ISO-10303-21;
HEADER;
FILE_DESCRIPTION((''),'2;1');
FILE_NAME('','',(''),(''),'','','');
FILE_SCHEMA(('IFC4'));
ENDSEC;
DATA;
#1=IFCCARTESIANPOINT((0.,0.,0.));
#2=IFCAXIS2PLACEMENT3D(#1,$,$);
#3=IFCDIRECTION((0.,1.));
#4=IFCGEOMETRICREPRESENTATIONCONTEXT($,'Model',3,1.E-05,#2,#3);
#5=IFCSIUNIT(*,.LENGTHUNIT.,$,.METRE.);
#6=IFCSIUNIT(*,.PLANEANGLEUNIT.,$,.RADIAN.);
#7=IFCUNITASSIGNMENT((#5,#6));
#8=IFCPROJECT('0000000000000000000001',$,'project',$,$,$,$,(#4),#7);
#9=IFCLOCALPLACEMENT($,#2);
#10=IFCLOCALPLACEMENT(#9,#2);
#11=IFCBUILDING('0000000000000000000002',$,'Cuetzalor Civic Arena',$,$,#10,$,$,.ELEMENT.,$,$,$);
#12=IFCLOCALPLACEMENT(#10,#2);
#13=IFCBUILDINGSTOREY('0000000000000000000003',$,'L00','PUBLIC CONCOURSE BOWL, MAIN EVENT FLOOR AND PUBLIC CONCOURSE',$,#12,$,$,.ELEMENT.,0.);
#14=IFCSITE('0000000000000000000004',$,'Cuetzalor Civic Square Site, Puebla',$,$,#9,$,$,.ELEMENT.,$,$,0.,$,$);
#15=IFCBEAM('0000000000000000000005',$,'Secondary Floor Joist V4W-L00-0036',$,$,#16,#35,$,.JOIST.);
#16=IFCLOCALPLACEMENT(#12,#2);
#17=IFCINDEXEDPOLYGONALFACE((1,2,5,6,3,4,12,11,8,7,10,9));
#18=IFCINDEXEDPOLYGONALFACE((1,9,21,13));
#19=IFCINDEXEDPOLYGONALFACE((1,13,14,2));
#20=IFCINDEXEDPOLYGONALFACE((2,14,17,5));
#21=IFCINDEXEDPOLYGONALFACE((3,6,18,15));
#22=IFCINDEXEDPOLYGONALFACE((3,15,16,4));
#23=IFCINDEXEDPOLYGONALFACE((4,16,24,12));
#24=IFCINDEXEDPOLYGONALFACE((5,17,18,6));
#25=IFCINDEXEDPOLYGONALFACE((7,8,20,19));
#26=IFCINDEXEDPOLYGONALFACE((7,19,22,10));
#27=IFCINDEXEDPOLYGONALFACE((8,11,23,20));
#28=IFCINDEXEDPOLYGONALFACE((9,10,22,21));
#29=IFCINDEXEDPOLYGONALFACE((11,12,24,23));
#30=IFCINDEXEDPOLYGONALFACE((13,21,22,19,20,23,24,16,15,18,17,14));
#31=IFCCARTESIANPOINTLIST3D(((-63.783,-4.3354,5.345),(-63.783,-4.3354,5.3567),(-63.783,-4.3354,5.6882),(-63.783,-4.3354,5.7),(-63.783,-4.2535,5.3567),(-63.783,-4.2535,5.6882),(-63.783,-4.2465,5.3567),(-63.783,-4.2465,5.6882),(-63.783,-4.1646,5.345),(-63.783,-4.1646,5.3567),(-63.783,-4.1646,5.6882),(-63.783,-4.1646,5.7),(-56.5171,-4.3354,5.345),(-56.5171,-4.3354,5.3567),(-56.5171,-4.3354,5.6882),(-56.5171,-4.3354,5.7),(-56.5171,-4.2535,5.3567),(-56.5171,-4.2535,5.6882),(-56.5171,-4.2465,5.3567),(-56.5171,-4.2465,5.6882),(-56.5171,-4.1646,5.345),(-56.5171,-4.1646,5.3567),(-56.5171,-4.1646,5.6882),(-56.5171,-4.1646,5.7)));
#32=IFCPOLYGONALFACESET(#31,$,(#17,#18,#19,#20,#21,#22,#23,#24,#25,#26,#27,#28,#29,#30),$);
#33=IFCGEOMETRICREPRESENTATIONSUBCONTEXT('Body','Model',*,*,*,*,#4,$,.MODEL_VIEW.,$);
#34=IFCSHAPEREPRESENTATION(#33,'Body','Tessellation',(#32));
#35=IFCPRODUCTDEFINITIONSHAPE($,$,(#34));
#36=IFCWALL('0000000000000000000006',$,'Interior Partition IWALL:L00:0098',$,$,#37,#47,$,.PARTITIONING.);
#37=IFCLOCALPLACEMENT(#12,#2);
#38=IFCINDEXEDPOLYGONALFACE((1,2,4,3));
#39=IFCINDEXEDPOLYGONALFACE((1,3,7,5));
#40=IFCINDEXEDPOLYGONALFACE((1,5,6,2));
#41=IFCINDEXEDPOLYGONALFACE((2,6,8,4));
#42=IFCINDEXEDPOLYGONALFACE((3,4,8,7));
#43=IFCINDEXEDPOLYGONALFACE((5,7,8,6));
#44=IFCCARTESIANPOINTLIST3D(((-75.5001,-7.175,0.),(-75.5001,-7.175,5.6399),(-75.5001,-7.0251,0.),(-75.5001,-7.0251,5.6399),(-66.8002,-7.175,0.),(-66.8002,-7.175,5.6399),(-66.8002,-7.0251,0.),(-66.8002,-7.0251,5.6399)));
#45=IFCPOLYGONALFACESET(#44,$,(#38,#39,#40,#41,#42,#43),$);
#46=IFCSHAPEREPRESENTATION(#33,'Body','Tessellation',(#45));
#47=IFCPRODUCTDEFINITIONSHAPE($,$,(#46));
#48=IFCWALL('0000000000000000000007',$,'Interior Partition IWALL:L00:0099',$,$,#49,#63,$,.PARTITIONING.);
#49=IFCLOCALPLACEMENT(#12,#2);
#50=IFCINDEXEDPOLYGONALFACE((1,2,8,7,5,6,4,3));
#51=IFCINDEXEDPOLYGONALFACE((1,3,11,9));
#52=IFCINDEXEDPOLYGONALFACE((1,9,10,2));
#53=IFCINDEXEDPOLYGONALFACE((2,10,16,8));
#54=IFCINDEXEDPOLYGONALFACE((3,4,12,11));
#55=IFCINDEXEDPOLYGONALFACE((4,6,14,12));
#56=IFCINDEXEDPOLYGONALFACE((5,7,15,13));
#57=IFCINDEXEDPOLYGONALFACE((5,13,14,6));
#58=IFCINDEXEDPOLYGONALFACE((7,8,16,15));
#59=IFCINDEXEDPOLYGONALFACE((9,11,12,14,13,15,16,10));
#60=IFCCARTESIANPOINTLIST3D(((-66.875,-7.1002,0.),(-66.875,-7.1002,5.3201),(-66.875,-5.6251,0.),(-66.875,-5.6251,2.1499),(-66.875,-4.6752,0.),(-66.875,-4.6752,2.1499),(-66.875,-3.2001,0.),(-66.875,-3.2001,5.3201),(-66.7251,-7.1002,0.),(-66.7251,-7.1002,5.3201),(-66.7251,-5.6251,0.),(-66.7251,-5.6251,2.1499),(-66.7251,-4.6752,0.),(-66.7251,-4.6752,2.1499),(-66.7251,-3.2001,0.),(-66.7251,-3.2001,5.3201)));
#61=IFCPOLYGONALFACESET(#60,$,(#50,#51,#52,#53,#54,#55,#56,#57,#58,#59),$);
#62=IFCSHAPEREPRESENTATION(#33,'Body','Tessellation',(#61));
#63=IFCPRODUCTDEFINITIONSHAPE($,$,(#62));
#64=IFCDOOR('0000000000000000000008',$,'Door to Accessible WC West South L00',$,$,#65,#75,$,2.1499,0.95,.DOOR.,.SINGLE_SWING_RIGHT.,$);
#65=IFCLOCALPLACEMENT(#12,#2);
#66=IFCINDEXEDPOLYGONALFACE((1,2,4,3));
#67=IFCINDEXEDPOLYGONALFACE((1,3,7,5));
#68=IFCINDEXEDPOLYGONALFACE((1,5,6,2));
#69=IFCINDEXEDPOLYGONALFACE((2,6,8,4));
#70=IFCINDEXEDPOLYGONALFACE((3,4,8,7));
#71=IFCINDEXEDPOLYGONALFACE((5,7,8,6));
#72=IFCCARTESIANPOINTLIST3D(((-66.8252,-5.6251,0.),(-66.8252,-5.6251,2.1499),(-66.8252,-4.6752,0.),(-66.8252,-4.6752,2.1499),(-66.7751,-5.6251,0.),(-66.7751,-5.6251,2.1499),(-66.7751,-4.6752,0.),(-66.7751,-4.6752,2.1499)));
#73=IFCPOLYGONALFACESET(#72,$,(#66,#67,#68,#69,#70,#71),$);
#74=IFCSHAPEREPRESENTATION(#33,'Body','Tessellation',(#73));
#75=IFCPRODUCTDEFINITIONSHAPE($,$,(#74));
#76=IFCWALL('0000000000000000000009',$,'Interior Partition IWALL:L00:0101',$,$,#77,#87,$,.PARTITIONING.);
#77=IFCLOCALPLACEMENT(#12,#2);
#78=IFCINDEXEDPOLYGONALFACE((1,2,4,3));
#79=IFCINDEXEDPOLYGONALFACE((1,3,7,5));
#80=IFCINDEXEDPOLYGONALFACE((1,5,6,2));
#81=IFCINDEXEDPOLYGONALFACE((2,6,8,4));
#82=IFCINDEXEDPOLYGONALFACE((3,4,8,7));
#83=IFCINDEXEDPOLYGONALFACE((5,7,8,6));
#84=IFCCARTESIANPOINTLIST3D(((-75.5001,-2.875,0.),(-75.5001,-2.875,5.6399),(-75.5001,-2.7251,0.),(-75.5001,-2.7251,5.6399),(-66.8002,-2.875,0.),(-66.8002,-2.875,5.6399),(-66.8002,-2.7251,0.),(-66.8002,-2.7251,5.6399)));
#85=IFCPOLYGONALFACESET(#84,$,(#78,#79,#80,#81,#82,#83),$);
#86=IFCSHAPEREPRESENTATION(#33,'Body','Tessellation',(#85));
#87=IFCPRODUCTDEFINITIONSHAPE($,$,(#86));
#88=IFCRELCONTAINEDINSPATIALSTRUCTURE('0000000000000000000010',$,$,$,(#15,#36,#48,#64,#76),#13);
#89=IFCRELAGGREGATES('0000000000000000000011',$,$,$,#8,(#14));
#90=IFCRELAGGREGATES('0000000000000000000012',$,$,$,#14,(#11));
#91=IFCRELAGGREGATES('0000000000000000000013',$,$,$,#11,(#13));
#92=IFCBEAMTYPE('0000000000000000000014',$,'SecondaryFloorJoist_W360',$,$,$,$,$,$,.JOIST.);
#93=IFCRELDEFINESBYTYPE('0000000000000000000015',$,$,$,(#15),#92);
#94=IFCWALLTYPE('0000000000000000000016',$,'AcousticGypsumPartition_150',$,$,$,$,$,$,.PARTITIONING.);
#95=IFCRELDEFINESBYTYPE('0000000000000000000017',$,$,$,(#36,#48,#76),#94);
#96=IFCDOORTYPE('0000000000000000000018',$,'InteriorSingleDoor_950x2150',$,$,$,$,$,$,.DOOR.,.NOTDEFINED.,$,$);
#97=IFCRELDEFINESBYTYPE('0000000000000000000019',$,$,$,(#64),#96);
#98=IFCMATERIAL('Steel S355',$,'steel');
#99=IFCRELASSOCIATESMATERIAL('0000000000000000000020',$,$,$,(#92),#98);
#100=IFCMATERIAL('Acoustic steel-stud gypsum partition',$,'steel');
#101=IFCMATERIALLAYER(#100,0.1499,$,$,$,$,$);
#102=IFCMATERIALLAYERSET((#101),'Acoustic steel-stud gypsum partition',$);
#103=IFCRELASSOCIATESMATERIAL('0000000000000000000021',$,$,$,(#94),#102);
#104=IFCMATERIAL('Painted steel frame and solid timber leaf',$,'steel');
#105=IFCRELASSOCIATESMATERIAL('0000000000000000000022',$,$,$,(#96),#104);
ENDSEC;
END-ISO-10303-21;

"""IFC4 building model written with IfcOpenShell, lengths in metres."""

from ifc_helpers import new_model, si_unit, direction, frame, frame_2d, origin, origin_2d, place, context, subcontext, project, spatial, rectangle, i_section, extrude, material, layer, layer_set, material_profile, profile_set, type_object, element, fill, save


model = new_model("IFC4")

# Units and contexts
model_context = context("Model", 3, precision=1e-05, world=origin(), true_north=direction((0.0, 1.0)))
body_context = subcontext(model_context, "Body", "Model", "MODEL_VIEW")
ifc_project = project(units=[si_unit("LENGTHUNIT", "METRE"), si_unit("PLANEANGLEUNIT", "RADIAN")], contexts=[model_context])

# Site, building, storey
site_placement = place(None, origin())
site = spatial("IfcSite", under=ifc_project, at=site_placement, Name="Cuetzalor Civic Square Site, Puebla", CompositionType="ELEMENT", RefElevation=0.0)
building_placement = place(site_placement, origin())
building = spatial("IfcBuilding", under=site, at=building_placement, Name="Cuetzalor Civic Arena", CompositionType="ELEMENT")
storey_placement = place(building_placement, origin())
storey = spatial("IfcBuildingStorey", under=building, at=storey_placement, Name="L00", Description="PUBLIC CONCOURSE BOWL, MAIN EVENT FLOOR AND PUBLIC CONCOURSE", CompositionType="ELEMENT", Elevation=0.0)

# Beam
ifc_material_1 = material(Name="Steel S355", Category="steel")
ifc_material_profile_1 = material_profile(ifc_material_1, i_section(OverallWidth=0.1709, OverallDepth=0.355, WebThickness=0.0071, FlangeThickness=0.0117, at=origin_2d()), Name="W360x51")
ifc_profile_set_1 = profile_set([ifc_material_profile_1], Name="Steel S355")
beam_type_1 = type_object("IfcBeamType", Name="SecondaryFloorJoist_W360", PredefinedType="JOIST", material=ifc_profile_set_1)
beam_1_placement = place(storey_placement, frame((-63.783, -4.25, 5.5225), z_axis=(1.0, 0.0, 0.0), x_axis=(0.0, 1.0, 0.0)))
element("IfcBeam", 1, at=beam_1_placement, inside=storey, type_object=beam_type_1, Name="Secondary Floor Joist V4W-L00-0036", PredefinedType="JOIST", context=body_context, shape_type="SweptSolid", body=[
    extrude(i_section(OverallWidth=0.1709, OverallDepth=0.355, WebThickness=0.0071, FlangeThickness=0.0117, at=origin_2d()), origin(), (0.0, 0.0, 1.0), 7.2659),
])

# Wall
ifc_material_2 = material(Name="Acoustic steel-stud gypsum partition", Category="steel")
ifc_layer = layer(ifc_material_2, 0.1499)
ifc_layer_set = layer_set([ifc_layer], Name="Acoustic steel-stud gypsum partition")
wall_type = type_object("IfcWallType", Name="AcousticGypsumPartition_150", PredefinedType="PARTITIONING", material=ifc_layer_set)
wall_1_placement = place(storey_placement, frame((-66.8, -7.1001, 0.0), z_axis=(0.0, 0.0, 1.0), x_axis=(-1.0, 0.0, 0.0)))
element("IfcWall", 2, at=wall_1_placement, inside=storey, type_object=wall_type, Name="Interior Partition IWALL:L00:0098", PredefinedType="PARTITIONING", context=body_context, shape_type="SweptSolid", body=[
    extrude(rectangle(XDim=8.7, YDim=0.1499, at=frame_2d((4.3501, 0.0))), origin(), (0.0, 0.0, 1.0), 5.6399),
])

# Wall, opening, door
wall_2_placement = place(storey_placement, frame((-66.8, -3.2, 0.0), z_axis=(0.0, 0.0, 1.0), x_axis=(0.0, -1.0, 0.0)))
wall_2 = element("IfcWall", 3, at=wall_2_placement, inside=storey, type_object=wall_type, Name="Interior Partition IWALL:L00:0099", PredefinedType="PARTITIONING", context=body_context, shape_type="SweptSolid", body=[
    extrude(rectangle(XDim=3.9001, YDim=0.1499, at=frame_2d((1.9502, 0.0))), origin(), (0.0, 0.0, 1.0), 5.3201),
])
opening_placement = place(wall_2_placement, frame((1.4751, 0.0, 0.0)))
opening = element("IfcOpeningElement", 4, at=opening_placement, cuts=wall_2, PredefinedType="OPENING", context=body_context, shape_type="SweptSolid", body=[
    extrude(rectangle(XDim=0.95, YDim=2.1499, at=frame_2d((0.4751, 1.075))), frame((0.0, 0.085, 0.0), z_axis=(0.0, -1.0, 0.0), x_axis=(1.0, 0.0, 0.0)), (0.0, 0.0, 1.0), 0.1699),
])
ifc_material_3 = material(Name="Painted steel frame and solid timber leaf", Category="steel")
door_type = type_object("IfcDoorType", Name="InteriorSingleDoor_950x2150", OperationType="NOTDEFINED", PredefinedType="DOOR", material=ifc_material_3)
door_placement = place(opening_placement, origin())
door = element("IfcDoor", 5, at=door_placement, inside=storey, type_object=door_type, Name="Door to Accessible WC West South L00", OperationType="SINGLE_SWING_RIGHT", OverallHeight=2.1499, OverallWidth=0.95, PredefinedType="DOOR", context=body_context, shape_type="SweptSolid", body=[
    extrude(rectangle(XDim=0.95, YDim=2.1499, at=frame_2d((0.4751, 1.075))), frame((0.0, 0.0249, 0.0), z_axis=(0.0, -1.0, 0.0), x_axis=(1.0, 0.0, 0.0)), (0.0, 0.0, 1.0), 0.05),
])
fill(opening, door)

# Wall
wall_3_placement = place(storey_placement, frame((-66.8, -2.8, 0.0), z_axis=(0.0, 0.0, 1.0), x_axis=(-1.0, 0.0, 0.0)))
element("IfcWall", 6, at=wall_3_placement, inside=storey, type_object=wall_type, Name="Interior Partition IWALL:L00:0101", PredefinedType="PARTITIONING", context=body_context, shape_type="SweptSolid", body=[
    extrude(rectangle(XDim=8.7, YDim=0.1499, at=frame_2d((4.3501, 0.0))), origin(), (0.0, 0.0, 1.0), 5.6399),
])

save(model, "model.ifc")
